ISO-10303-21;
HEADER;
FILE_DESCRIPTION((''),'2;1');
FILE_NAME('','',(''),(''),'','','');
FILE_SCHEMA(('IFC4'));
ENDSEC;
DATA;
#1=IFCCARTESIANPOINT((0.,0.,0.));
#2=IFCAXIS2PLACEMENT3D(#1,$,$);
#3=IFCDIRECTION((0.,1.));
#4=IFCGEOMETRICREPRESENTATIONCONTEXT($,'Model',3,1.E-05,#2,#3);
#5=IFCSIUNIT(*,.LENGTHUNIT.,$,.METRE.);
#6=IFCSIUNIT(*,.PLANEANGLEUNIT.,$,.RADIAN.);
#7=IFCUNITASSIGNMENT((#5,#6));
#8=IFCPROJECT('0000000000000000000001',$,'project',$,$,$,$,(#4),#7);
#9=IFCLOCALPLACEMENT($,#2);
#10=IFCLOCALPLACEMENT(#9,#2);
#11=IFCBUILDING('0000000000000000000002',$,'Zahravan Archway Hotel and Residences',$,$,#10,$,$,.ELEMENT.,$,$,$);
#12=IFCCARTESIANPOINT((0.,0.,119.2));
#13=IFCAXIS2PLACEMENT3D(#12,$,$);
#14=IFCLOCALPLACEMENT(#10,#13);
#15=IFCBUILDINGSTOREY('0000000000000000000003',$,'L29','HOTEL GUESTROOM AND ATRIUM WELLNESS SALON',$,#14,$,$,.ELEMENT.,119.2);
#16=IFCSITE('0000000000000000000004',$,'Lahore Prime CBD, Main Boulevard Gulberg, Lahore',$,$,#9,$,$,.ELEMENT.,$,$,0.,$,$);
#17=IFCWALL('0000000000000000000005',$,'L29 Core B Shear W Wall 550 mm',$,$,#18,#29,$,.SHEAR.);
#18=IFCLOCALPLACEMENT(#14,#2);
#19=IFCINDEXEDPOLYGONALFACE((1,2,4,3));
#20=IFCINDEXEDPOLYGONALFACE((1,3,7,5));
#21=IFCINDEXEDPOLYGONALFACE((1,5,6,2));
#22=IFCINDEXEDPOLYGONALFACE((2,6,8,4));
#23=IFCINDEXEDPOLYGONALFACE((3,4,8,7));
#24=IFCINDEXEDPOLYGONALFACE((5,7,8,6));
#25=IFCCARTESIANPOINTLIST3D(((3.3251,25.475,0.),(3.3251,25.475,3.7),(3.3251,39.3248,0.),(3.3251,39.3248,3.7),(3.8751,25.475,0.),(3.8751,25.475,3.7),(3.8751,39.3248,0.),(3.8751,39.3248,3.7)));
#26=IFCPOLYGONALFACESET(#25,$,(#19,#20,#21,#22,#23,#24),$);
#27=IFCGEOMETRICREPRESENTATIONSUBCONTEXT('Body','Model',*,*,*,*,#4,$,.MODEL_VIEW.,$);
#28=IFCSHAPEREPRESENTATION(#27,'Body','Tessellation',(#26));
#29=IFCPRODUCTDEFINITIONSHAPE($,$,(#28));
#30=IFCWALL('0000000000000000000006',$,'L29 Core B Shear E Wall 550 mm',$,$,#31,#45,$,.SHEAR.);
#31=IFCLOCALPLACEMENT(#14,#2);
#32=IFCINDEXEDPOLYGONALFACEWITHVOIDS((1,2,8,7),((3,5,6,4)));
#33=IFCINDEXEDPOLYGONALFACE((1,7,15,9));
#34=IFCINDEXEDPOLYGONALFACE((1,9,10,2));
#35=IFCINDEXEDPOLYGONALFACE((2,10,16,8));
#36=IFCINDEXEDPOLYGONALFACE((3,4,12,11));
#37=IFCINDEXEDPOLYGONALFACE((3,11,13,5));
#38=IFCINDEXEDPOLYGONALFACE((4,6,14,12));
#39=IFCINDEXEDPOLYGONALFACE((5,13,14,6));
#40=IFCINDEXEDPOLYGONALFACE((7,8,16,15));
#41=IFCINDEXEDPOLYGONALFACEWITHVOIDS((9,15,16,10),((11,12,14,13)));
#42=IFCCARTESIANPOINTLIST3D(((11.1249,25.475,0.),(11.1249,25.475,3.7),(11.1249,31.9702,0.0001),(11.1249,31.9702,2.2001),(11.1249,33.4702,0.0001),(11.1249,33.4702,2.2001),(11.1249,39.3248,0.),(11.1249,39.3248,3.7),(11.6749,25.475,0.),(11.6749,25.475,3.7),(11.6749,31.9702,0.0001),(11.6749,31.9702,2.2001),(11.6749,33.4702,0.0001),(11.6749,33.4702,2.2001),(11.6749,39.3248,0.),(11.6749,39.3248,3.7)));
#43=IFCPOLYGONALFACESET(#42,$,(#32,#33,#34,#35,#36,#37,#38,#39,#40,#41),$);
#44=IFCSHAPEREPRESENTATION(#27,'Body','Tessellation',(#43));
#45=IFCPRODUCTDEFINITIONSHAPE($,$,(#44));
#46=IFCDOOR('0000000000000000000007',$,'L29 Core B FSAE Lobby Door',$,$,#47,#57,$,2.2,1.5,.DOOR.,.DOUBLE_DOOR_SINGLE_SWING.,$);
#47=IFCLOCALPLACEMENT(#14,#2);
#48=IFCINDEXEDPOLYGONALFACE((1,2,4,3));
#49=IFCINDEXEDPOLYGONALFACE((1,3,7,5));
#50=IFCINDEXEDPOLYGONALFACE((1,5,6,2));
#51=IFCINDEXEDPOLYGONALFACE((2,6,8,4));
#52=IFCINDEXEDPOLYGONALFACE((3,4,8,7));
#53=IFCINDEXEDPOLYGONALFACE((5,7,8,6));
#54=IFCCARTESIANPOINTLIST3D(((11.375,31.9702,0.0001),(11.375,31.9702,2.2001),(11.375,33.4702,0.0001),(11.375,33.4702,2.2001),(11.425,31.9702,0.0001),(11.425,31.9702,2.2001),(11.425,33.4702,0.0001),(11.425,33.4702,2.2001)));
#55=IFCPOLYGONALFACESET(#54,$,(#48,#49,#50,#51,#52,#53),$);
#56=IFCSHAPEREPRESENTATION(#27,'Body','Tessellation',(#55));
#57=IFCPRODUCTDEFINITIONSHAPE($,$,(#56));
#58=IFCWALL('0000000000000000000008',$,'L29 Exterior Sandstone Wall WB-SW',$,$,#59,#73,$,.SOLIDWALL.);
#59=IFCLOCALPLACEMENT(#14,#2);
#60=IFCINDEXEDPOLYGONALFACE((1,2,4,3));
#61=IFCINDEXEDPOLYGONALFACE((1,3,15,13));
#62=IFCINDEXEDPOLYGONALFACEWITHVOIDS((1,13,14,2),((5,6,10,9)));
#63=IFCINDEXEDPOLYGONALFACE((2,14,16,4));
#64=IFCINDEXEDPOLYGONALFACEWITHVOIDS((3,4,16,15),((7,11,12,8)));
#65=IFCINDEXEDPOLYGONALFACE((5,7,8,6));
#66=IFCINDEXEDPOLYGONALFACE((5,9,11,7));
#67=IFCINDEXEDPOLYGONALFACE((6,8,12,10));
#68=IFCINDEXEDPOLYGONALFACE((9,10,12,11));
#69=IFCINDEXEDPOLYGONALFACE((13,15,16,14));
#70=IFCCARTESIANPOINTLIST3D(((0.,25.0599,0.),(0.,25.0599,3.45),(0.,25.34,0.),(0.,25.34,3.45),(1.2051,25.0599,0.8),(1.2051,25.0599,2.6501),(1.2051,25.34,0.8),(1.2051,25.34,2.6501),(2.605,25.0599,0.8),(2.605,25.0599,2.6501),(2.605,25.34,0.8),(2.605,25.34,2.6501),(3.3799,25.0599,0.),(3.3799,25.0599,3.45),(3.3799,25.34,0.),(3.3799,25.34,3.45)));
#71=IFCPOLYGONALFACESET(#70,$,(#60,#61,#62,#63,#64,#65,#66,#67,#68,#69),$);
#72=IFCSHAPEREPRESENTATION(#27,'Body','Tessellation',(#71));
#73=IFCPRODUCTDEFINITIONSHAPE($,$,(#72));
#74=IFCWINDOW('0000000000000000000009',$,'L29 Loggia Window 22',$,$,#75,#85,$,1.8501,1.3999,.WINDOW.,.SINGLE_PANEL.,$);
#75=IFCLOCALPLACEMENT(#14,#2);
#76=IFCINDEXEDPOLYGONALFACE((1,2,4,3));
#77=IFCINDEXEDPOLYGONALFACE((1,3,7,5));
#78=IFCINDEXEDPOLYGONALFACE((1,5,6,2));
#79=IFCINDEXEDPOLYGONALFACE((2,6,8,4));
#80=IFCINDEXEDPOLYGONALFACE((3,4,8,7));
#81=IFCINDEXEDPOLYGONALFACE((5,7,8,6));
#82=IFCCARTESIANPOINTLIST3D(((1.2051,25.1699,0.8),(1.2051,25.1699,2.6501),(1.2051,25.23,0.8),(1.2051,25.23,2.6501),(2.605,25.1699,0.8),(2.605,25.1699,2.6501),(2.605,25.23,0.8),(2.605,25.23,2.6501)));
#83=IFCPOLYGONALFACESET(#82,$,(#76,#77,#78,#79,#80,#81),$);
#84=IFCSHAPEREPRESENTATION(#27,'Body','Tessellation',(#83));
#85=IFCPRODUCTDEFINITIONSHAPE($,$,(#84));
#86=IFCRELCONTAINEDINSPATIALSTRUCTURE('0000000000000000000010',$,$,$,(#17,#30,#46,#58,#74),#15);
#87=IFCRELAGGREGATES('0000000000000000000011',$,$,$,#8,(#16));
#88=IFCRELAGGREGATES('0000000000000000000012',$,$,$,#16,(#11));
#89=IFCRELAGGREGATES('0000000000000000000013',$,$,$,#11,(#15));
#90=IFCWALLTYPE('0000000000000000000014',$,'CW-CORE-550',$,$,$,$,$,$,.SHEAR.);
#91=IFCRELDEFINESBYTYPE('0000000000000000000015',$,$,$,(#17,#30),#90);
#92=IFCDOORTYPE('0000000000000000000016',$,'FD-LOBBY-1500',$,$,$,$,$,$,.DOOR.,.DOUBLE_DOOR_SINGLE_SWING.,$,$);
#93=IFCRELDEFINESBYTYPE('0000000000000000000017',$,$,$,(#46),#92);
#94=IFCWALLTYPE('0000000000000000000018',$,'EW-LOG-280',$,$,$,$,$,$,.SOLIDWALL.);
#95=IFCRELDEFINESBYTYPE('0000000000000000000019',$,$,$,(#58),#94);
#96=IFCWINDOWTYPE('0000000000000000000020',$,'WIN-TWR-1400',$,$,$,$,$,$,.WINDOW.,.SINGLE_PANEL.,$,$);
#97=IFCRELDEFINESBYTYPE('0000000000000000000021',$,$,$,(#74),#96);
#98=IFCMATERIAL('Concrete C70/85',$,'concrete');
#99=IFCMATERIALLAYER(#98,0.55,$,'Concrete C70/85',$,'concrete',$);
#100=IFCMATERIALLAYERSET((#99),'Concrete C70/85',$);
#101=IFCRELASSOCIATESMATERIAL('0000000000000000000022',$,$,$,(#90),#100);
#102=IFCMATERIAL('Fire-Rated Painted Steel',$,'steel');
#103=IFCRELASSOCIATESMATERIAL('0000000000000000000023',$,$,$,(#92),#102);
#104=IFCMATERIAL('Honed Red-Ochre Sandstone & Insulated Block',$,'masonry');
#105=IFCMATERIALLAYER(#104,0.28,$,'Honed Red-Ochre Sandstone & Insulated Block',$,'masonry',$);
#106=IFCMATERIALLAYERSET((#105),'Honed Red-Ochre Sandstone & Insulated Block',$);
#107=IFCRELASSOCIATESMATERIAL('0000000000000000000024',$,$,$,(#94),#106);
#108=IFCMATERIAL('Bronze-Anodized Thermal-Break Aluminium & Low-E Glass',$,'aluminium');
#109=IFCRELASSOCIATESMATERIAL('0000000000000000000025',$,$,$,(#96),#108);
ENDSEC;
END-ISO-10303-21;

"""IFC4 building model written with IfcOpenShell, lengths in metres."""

from ifc_helpers import new_model, si_unit, direction, frame, frame_2d, origin, place, context, subcontext, project, spatial, rectangle, extrude, source, transform, mapped, material, layer, layer_set, type_object, type_shapes, element, fill, save


model = new_model("IFC4")

# Units and contexts
model_context = context("Model", 3, precision=1e-05, world=origin(), true_north=direction((0.0, 1.0)))
body_context = subcontext(model_context, "Body", "Model", "MODEL_VIEW")
ifc_project = project(units=[si_unit("LENGTHUNIT", "METRE"), si_unit("PLANEANGLEUNIT", "RADIAN")], contexts=[model_context])

# Site, building, storey
site_placement = place(None, origin())
site = spatial("IfcSite", under=ifc_project, at=site_placement, Name="Lahore Prime CBD, Main Boulevard Gulberg, Lahore", CompositionType="ELEMENT", RefElevation=0.0)
building_placement = place(site_placement, origin())
building = spatial("IfcBuilding", under=site, at=building_placement, Name="Zahravan Archway Hotel and Residences", CompositionType="ELEMENT")
storey_placement = place(building_placement, frame((0.0, 0.0, 119.2)))
storey = spatial("IfcBuildingStorey", under=building, at=storey_placement, Name="L29", Description="HOTEL GUESTROOM AND ATRIUM WELLNESS SALON", CompositionType="ELEMENT", Elevation=119.2)

# Wall
ifc_material_1 = material(Name="Concrete C70/85", Category="concrete")
ifc_layer_1 = layer(ifc_material_1, 0.55, Name="Concrete C70/85", Category="concrete")
ifc_layer_set_1 = layer_set([ifc_layer_1], Name="Concrete C70/85")
wall_type_1 = type_object("IfcWallType", Name="CW-CORE-550", PredefinedType="SHEAR", material=ifc_layer_set_1)
wall_1_placement = place(storey_placement, frame((3.6001, 25.4751, 0.0), z_axis=(0.0, 0.0, 1.0), x_axis=(0.0, 1.0, 0.0)))
element("IfcWall", 1, at=wall_1_placement, inside=storey, type_object=wall_type_1, Name="L29 Core B Shear W Wall 550 mm", PredefinedType="SHEAR", context=body_context, shape_type="SweptSolid", body=[
    extrude(rectangle(XDim=13.8499, YDim=0.55, at=frame_2d((6.9248, 0.0))), origin(), (0.0, 0.0, 1.0), 3.7),
])

# Wall, opening, door
wall_2_placement = place(storey_placement, frame((11.3999, 25.4751, 0.0), z_axis=(0.0, 0.0, 1.0), x_axis=(0.0, 1.0, 0.0)))
wall_2 = element("IfcWall", 2, at=wall_2_placement, inside=storey, type_object=wall_type_1, Name="L29 Core B Shear E Wall 550 mm", PredefinedType="SHEAR", context=body_context, shape_type="SweptSolid", body=[
    extrude(rectangle(XDim=13.8499, YDim=0.55, at=frame_2d((6.9248, 0.0))), origin(), (0.0, 0.0, 1.0), 3.7),
])
opening_1_placement = place(wall_2_placement, frame((6.4951, 0.0, 0.0)))
opening_1 = element("IfcOpeningElement", 3, at=opening_1_placement, cuts=wall_2, PredefinedType="OPENING", context=body_context, shape_type="SweptSolid", body=[
    extrude(rectangle(XDim=1.5, YDim=2.2, at=frame_2d((0.75, 1.1001))), frame((0.0, 0.2852, 0.0), z_axis=(0.0, -1.0, 0.0), x_axis=(1.0, 0.0, 0.0)), (0.0, 0.0, 1.0), 0.5701),
])
ifc_material_2 = material(Name="Fire-Rated Painted Steel", Category="steel")
door_type_1 = type_object("IfcDoorType", Name="FD-LOBBY-1500", OperationType="DOUBLE_DOOR_SINGLE_SWING", PredefinedType="DOOR", material=ifc_material_2)
shared_shape_1 = source(origin(), body_context, "Body", "SweptSolid", [
    extrude(rectangle(XDim=1.5, YDim=2.2, at=frame_2d((0.75, 1.1001))), frame((0.0, 0.0249, 0.0), z_axis=(0.0, -1.0, 0.0), x_axis=(1.0, 0.0, 0.0)), (0.0, 0.0, 1.0), 0.05),
])
type_shapes(door_type_1, [shared_shape_1])
door_1_placement = place(opening_1_placement, origin())
door_1 = element("IfcDoor", 4, at=door_1_placement, inside=storey, type_object=door_type_1, Name="L29 Core B FSAE Lobby Door", OperationType="DOUBLE_DOOR_SINGLE_SWING", OverallHeight=2.2, OverallWidth=1.5, PredefinedType="DOOR", context=body_context, shape_type="MappedRepresentation", body=[
    mapped(shared_shape_1, transform((0.0, 0.0, 0.0), scale=1.0)),
])
fill(opening_1, door_1)

# Wall, opening, window
ifc_material_3 = material(Name="Honed Red-Ochre Sandstone & Insulated Block", Category="masonry")
ifc_layer_2 = layer(ifc_material_3, 0.28, Name="Honed Red-Ochre Sandstone & Insulated Block", Category="masonry")
ifc_layer_set_2 = layer_set([ifc_layer_2], Name="Honed Red-Ochre Sandstone & Insulated Block")
wall_type_2 = type_object("IfcWallType", Name="EW-LOG-280", PredefinedType="SOLIDWALL", material=ifc_layer_set_2)
wall_3_placement = place(storey_placement, frame((0.0, 25.2, 0.0), z_axis=(0.0, 0.0, 1.0), x_axis=(1.0, 0.0, 0.0)))
wall_3 = element("IfcWall", 5, at=wall_3_placement, inside=storey, type_object=wall_type_2, Name="L29 Exterior Sandstone Wall WB-SW", PredefinedType="SOLIDWALL", context=body_context, shape_type="SweptSolid", body=[
    extrude(rectangle(XDim=3.3799, YDim=0.28, at=frame_2d((1.6899, 0.0))), origin(), (0.0, 0.0, 1.0), 3.45),
])
opening_2_placement = place(wall_3_placement, frame((1.2051, 0.0, 0.8)))
opening_2 = element("IfcOpeningElement", 6, at=opening_2_placement, cuts=wall_3, PredefinedType="OPENING", context=body_context, shape_type="SweptSolid", body=[
    extrude(rectangle(XDim=1.3999, YDim=1.8501, at=frame_2d((0.7, 0.925))), frame((0.0, 0.1499, 0.0), z_axis=(0.0, -1.0, 0.0), x_axis=(1.0, 0.0, 0.0)), (0.0, 0.0, 1.0), 0.3),
])
ifc_material_4 = material(Name="Bronze-Anodized Thermal-Break Aluminium & Low-E Glass", Category="aluminium")
window_type_1 = type_object("IfcWindowType", Name="WIN-TWR-1400", PartitioningType="SINGLE_PANEL", PredefinedType="WINDOW", material=ifc_material_4)
shared_shape_2 = source(origin(), body_context, "Body", "SweptSolid", [
    extrude(rectangle(XDim=1.3999, YDim=1.8501, at=frame_2d((0.7, 0.925))), frame((0.0, 0.03, 0.0), z_axis=(0.0, -1.0, 0.0), x_axis=(1.0, 0.0, 0.0)), (0.0, 0.0, 1.0), 0.0601),
])
type_shapes(window_type_1, [shared_shape_2])
window_1_placement = place(opening_2_placement, origin())
window_1 = element("IfcWindow", 7, at=window_1_placement, inside=storey, type_object=window_type_1, Name="L29 Loggia Window 22", OverallHeight=1.8501, OverallWidth=1.3999, PartitioningType="SINGLE_PANEL", PredefinedType="WINDOW", context=body_context, shape_type="MappedRepresentation", body=[
    mapped(shared_shape_2, transform((0.0, 0.0, 0.0), scale=1.0)),
])
fill(opening_2, window_1)

save(model, "model.ifc")
